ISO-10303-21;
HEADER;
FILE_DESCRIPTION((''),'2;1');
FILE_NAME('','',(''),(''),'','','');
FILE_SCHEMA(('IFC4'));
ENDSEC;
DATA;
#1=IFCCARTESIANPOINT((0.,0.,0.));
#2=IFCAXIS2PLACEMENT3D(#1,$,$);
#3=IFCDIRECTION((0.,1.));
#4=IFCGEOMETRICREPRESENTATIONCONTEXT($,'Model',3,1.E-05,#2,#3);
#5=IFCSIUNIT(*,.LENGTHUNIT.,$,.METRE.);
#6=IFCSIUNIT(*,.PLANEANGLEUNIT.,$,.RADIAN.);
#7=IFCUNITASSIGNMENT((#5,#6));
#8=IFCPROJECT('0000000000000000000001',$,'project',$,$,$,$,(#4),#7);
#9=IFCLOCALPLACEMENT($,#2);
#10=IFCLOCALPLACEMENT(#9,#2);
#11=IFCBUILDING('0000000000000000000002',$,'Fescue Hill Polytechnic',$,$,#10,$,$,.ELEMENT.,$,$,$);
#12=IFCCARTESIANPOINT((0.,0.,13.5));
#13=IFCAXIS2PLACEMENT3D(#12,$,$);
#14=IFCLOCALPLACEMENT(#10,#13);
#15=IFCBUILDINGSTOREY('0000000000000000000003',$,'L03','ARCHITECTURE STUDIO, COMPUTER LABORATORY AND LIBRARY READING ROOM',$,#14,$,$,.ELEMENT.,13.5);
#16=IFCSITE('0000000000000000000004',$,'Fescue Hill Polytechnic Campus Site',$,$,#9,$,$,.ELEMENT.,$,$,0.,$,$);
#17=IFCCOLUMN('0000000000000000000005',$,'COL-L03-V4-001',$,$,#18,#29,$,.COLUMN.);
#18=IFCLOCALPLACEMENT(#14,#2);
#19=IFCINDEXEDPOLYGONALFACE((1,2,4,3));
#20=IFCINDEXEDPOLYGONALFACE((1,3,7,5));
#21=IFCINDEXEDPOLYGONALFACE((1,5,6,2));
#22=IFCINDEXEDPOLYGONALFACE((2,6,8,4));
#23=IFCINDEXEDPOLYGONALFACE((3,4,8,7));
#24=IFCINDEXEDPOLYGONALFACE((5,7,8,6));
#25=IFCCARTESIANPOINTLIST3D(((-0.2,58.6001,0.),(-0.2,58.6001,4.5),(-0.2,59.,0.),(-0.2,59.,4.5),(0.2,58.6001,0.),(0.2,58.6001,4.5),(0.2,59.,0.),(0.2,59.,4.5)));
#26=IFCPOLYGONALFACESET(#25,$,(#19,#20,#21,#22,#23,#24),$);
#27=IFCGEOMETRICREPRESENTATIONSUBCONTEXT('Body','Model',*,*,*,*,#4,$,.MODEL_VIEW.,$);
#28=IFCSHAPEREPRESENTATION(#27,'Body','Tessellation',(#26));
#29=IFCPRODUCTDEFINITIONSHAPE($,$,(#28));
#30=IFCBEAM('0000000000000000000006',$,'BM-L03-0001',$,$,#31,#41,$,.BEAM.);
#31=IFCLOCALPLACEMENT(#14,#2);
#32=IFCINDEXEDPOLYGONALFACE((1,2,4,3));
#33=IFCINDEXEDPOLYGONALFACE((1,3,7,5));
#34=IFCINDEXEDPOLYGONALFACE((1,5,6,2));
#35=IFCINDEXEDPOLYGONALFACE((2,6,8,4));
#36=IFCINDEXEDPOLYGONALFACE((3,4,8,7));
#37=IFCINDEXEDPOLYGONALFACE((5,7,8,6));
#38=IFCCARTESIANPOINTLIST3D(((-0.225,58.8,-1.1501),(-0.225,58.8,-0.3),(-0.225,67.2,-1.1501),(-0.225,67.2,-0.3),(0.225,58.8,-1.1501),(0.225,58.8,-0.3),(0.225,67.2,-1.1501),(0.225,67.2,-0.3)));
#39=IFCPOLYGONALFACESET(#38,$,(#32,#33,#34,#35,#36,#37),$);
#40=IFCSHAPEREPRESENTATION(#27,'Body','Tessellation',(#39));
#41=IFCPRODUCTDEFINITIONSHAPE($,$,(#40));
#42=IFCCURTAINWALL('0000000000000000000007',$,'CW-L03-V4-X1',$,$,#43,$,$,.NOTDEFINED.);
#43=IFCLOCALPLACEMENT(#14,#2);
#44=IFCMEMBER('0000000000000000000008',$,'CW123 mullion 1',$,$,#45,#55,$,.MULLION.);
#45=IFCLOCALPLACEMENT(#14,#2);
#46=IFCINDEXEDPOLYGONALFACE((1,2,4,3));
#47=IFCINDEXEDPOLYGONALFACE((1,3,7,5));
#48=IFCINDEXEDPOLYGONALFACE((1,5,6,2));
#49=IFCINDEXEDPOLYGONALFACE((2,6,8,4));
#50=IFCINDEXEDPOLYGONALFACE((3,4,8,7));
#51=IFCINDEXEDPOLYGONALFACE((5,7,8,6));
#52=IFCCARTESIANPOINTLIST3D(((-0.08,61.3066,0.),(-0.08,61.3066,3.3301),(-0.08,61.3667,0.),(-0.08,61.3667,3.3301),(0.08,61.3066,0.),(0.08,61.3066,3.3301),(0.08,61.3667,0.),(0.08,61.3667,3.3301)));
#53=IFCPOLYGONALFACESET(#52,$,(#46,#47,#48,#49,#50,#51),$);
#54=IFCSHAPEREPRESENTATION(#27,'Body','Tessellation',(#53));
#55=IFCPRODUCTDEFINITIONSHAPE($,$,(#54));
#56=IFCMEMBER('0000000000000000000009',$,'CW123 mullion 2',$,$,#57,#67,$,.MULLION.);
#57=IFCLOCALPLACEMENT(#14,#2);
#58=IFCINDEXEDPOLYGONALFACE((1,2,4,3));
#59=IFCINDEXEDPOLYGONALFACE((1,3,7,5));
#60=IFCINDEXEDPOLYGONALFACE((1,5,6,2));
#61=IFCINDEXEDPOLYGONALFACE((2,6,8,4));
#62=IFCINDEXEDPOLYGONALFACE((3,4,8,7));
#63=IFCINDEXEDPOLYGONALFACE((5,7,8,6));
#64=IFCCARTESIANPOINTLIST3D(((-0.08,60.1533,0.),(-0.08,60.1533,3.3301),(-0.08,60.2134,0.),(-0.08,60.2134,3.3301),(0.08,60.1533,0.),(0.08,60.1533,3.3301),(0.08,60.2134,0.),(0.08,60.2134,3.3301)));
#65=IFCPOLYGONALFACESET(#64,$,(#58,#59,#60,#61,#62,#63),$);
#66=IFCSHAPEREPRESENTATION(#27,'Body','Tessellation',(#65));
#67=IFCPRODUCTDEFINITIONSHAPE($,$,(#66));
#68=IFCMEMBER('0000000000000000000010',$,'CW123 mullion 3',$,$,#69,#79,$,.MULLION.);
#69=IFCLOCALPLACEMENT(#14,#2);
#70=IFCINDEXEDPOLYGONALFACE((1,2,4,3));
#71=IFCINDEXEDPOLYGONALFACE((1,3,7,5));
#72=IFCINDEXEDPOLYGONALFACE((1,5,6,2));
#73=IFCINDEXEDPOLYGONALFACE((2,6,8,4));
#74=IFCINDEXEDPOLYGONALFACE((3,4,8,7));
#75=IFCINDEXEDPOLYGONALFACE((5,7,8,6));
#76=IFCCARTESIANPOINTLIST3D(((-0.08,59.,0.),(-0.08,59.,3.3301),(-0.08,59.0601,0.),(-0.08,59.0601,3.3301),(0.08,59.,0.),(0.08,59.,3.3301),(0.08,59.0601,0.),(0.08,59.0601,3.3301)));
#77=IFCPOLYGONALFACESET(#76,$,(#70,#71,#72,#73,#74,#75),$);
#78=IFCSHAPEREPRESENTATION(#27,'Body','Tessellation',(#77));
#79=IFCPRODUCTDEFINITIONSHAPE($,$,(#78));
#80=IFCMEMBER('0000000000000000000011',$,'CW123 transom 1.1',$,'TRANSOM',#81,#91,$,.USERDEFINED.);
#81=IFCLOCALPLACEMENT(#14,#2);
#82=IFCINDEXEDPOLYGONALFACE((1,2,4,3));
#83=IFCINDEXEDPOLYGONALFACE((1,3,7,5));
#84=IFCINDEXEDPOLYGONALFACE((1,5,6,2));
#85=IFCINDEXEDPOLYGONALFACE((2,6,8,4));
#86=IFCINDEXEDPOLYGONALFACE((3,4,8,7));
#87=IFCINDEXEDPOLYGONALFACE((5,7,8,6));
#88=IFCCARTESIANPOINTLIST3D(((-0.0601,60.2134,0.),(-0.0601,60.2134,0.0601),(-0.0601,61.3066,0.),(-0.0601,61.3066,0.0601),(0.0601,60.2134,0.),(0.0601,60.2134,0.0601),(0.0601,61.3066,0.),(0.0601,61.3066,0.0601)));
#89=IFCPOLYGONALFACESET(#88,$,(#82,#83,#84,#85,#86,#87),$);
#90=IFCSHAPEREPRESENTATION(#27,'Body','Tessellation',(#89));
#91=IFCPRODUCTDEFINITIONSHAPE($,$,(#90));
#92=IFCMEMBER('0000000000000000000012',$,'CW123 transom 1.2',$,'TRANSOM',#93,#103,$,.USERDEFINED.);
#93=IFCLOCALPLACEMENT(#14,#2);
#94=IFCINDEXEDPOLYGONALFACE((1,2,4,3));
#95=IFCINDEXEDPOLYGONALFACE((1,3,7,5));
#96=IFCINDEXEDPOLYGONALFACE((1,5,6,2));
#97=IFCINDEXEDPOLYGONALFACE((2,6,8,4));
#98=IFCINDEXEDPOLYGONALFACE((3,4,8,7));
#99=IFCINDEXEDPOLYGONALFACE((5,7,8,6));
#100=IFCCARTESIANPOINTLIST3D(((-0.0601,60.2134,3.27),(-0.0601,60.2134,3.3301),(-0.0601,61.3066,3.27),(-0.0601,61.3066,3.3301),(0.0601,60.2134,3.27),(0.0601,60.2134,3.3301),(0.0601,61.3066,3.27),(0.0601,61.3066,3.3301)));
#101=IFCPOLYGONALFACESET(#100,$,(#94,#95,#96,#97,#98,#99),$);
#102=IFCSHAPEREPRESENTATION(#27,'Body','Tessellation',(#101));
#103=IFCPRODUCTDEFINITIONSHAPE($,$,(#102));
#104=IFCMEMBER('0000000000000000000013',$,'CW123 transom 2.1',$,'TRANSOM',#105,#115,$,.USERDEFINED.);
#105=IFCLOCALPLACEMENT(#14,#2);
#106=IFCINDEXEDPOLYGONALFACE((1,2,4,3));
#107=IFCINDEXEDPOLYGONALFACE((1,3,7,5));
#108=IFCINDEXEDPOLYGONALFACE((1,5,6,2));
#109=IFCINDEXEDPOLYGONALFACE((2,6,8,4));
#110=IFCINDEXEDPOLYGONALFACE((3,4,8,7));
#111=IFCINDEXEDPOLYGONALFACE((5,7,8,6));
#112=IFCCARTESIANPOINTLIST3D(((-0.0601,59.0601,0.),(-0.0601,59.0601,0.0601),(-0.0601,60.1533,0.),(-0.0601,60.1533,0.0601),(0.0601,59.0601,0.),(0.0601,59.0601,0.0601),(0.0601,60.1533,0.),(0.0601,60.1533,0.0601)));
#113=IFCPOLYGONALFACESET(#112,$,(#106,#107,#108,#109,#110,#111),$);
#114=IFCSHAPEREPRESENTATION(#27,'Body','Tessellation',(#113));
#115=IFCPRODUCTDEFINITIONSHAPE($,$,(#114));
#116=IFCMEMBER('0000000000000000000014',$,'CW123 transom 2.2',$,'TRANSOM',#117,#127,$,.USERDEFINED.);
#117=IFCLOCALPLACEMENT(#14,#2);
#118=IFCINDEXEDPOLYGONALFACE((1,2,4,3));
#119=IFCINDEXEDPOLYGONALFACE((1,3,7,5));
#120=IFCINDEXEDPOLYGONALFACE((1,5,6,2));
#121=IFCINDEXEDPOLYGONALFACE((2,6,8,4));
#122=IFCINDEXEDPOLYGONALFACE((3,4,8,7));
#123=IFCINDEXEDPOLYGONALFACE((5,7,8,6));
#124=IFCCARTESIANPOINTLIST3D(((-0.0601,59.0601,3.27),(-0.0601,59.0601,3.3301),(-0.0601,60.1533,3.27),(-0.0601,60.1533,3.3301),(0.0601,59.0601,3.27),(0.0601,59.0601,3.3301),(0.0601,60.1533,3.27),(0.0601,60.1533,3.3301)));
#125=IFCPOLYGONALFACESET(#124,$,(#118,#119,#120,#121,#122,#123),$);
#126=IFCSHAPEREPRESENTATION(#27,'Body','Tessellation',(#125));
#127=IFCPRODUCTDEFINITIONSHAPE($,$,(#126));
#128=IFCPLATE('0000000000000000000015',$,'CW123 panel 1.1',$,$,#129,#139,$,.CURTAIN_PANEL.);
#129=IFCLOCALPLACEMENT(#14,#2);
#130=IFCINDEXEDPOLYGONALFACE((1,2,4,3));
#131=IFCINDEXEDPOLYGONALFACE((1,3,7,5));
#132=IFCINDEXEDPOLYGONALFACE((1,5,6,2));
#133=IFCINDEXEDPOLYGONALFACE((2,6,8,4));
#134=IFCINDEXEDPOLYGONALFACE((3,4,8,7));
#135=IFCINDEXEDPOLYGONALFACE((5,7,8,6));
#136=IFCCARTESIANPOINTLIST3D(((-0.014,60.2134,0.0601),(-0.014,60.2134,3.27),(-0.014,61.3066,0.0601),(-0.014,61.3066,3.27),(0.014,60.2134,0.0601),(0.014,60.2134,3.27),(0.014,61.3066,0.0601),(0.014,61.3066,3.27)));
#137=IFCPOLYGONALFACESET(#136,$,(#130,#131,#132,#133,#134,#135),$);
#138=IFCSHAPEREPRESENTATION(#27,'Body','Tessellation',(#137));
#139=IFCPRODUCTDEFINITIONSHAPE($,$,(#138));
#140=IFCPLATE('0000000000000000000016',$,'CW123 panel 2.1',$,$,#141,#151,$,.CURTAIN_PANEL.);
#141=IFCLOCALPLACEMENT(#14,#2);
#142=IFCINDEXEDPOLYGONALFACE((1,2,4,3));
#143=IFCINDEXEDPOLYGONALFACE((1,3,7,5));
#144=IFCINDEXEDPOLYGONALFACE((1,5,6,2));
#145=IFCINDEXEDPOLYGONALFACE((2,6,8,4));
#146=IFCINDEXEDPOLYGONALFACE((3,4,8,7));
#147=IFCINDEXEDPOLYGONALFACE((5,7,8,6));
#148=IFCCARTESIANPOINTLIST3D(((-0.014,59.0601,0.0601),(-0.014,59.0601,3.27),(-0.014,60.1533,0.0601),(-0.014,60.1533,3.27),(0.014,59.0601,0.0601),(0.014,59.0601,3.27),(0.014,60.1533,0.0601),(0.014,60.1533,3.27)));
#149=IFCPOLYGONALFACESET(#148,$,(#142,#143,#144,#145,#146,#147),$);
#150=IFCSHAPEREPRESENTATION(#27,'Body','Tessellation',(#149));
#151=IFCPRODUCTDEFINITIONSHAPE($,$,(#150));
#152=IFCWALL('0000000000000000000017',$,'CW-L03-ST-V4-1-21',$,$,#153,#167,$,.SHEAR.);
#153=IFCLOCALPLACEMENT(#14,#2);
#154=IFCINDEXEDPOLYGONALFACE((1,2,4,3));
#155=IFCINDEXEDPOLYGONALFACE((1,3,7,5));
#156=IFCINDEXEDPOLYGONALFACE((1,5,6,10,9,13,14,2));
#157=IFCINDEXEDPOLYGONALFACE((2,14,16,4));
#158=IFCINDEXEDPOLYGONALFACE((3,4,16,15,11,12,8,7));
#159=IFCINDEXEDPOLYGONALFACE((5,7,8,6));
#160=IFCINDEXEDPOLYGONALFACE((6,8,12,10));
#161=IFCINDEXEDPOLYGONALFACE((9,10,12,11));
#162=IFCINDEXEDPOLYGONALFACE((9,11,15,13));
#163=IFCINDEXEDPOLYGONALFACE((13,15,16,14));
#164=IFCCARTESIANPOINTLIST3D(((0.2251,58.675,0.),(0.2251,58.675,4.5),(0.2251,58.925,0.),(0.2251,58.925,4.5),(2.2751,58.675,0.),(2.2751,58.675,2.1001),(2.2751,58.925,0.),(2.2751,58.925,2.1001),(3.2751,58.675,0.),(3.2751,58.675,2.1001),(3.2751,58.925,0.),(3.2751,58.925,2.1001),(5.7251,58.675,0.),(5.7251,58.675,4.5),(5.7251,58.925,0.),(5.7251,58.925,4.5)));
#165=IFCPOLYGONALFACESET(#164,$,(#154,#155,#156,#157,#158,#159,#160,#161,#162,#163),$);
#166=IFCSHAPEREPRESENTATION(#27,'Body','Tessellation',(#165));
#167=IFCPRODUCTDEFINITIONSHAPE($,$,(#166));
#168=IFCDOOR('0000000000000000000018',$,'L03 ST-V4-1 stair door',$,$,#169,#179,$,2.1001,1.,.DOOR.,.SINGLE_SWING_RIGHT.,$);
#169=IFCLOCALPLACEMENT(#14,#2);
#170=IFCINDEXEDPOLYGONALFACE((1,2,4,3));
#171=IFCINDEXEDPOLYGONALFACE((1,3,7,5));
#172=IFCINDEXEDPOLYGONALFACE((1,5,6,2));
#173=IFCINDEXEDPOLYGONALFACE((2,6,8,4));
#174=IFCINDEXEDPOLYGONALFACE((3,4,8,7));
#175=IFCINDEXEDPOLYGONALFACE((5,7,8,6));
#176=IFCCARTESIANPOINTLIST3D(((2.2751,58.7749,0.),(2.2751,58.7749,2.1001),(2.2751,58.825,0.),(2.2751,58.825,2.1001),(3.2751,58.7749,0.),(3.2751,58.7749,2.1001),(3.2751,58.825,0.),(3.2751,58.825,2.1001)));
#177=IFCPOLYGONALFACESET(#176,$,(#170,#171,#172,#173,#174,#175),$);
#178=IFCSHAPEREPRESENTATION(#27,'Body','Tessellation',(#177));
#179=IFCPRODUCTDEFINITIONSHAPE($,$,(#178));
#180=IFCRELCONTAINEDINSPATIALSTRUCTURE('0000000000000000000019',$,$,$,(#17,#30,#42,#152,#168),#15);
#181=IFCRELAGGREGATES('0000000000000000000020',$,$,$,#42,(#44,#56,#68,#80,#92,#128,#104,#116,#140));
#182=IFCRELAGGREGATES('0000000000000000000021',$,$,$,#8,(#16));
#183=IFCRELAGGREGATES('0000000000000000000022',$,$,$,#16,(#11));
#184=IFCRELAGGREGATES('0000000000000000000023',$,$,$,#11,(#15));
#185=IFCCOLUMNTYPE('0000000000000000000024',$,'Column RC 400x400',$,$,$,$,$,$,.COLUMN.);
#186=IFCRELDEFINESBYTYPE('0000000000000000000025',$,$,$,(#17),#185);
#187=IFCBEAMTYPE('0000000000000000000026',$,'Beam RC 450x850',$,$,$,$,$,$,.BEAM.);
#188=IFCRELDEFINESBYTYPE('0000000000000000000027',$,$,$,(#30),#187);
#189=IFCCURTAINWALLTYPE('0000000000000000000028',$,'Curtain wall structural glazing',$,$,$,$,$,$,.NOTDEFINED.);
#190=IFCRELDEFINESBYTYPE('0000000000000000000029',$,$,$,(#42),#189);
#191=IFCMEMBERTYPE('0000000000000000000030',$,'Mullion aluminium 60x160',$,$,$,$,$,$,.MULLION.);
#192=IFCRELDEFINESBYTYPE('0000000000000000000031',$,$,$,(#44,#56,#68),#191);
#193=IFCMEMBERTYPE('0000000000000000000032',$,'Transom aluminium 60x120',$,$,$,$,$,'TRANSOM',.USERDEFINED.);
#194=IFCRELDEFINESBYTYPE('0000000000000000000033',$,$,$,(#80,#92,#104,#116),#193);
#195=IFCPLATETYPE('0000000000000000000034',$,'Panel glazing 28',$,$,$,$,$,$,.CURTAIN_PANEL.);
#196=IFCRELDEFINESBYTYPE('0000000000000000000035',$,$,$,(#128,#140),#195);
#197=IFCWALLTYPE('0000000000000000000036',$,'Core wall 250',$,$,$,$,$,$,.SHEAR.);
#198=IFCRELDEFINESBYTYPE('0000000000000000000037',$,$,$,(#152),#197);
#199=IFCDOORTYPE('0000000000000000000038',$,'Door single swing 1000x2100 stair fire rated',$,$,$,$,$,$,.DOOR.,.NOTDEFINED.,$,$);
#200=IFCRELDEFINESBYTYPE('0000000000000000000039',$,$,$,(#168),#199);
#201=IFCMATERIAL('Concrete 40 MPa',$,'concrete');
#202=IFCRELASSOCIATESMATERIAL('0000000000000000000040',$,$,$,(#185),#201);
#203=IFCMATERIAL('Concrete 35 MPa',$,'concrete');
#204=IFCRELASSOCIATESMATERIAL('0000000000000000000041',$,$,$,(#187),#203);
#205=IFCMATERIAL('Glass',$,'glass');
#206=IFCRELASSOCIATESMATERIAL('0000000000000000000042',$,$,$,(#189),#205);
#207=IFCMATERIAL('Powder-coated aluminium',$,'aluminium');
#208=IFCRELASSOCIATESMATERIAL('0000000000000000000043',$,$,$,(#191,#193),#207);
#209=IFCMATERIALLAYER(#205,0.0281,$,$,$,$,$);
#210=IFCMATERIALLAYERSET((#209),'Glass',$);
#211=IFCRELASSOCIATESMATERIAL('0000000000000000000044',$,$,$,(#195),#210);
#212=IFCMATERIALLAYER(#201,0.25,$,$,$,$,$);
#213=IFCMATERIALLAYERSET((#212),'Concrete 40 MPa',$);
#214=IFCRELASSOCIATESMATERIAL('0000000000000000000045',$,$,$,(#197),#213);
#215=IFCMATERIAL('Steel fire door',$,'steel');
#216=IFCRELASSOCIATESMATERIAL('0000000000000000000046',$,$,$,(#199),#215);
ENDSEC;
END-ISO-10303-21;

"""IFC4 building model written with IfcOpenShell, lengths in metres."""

from ifc_helpers import new_model, si_unit, direction, frame, frame_2d, origin, origin_2d, place, context, subcontext, project, spatial, rectangle, extrude, material, layer, layer_set, material_profile, profile_set, type_object, element, fill, aggregate, save


model = new_model("IFC4")

# Units and contexts
model_context = context("Model", 3, precision=1e-05, world=origin(), true_north=direction((0.0, 1.0)))
body_context = subcontext(model_context, "Body", "Model", "MODEL_VIEW")
ifc_project = project(units=[si_unit("LENGTHUNIT", "METRE"), si_unit("PLANEANGLEUNIT", "RADIAN")], contexts=[model_context])

# Site, building, storey
site_placement = place(None, origin())
site = spatial("IfcSite", under=ifc_project, at=site_placement, Name="Fescue Hill Polytechnic Campus Site", CompositionType="ELEMENT", RefElevation=0.0)
building_placement = place(site_placement, origin())
building = spatial("IfcBuilding", under=site, at=building_placement, Name="Fescue Hill Polytechnic", CompositionType="ELEMENT")
storey_placement = place(building_placement, frame((0.0, 0.0, 13.5)))
storey = spatial("IfcBuildingStorey", under=building, at=storey_placement, Name="L03", Description="ARCHITECTURE STUDIO, COMPUTER LABORATORY AND LIBRARY READING ROOM", CompositionType="ELEMENT", Elevation=13.5)

# Column
ifc_material_1 = material(Name="Concrete 40 MPa", Category="concrete")
ifc_material_profile_1 = material_profile(ifc_material_1, rectangle(XDim=0.3999, YDim=0.3999, at=origin_2d()), Name="RC 400x400")
ifc_profile_set_1 = profile_set([ifc_material_profile_1], Name="Concrete 40 MPa")
column_type = type_object("IfcColumnType", Name="Column RC 400x400", PredefinedType="COLUMN", material=ifc_profile_set_1)
column_placement = place(storey_placement, frame((0.0, 58.8, 0.0), z_axis=(0.0, 0.0, 1.0), x_axis=(1.0, 0.0, 0.0)))
element("IfcColumn", 1, at=column_placement, inside=storey, type_object=column_type, Name="COL-L03-V4-001", PredefinedType="COLUMN", context=body_context, shape_type="SweptSolid", body=[
    extrude(rectangle(XDim=0.3999, YDim=0.3999, at=origin_2d()), origin(), (0.0, 0.0, 1.0), 4.5),
])

# Beam
ifc_material_2 = material(Name="Concrete 35 MPa", Category="concrete")
ifc_material_profile_2 = material_profile(ifc_material_2, rectangle(XDim=0.45, YDim=0.8501, at=origin_2d()), Name="RC 450x850")
ifc_profile_set_2 = profile_set([ifc_material_profile_2], Name="Concrete 35 MPa")
beam_type = type_object("IfcBeamType", Name="Beam RC 450x850", PredefinedType="BEAM", material=ifc_profile_set_2)
beam_placement = place(storey_placement, frame((0.0, 58.8, -0.7251), z_axis=(0.0, 1.0, 0.0), x_axis=(-1.0, 0.0, 0.0)))
element("IfcBeam", 2, at=beam_placement, inside=storey, type_object=beam_type, Name="BM-L03-0001", PredefinedType="BEAM", context=body_context, shape_type="SweptSolid", body=[
    extrude(rectangle(XDim=0.45, YDim=0.8501, at=origin_2d()), origin(), (0.0, 0.0, 1.0), 8.3999),
])

# Curtain wall, members, plates
ifc_material_3 = material(Name="Glass", Category="glass")
curtain_wall_type = type_object("IfcCurtainWallType", Name="Curtain wall structural glazing", PredefinedType="NOTDEFINED", material=ifc_material_3)
curtain_wall_placement = place(storey_placement, origin())
curtain_wall = element("IfcCurtainWall", 3, at=curtain_wall_placement, inside=storey, type_object=curtain_wall_type, Name="CW-L03-V4-X1", PredefinedType="NOTDEFINED")
ifc_material_4 = material(Name="Powder-coated aluminium", Category="aluminium")
ifc_material_profile_3 = material_profile(ifc_material_4, rectangle(XDim=0.1599, YDim=0.0601, at=origin_2d()), Name="Mullion aluminium 60x160")
ifc_profile_set_3 = profile_set([ifc_material_profile_3], Name="Powder-coated aluminium")
member_type_1 = type_object("IfcMemberType", Name="Mullion aluminium 60x160", PredefinedType="MULLION", material=ifc_profile_set_3)
member_1_placement = place(storey_placement, frame((0.0, 61.3367, 0.0), z_axis=(0.0, 0.0, 1.0), x_axis=(1.0, 0.0, 0.0)))
member_1 = element("IfcMember", 4, at=member_1_placement, type_object=member_type_1, Name="CW123 mullion 1", PredefinedType="MULLION", context=body_context, shape_type="SweptSolid", body=[
    extrude(rectangle(XDim=0.1599, YDim=0.0601, at=origin_2d()), origin(), (0.0, 0.0, 1.0), 3.3301),
])
member_2_placement = place(storey_placement, frame((0.0, 60.1833, 0.0), z_axis=(0.0, 0.0, 1.0), x_axis=(1.0, 0.0, 0.0)))
member_2 = element("IfcMember", 5, at=member_2_placement, type_object=member_type_1, Name="CW123 mullion 2", PredefinedType="MULLION", context=body_context, shape_type="SweptSolid", body=[
    extrude(rectangle(XDim=0.1599, YDim=0.0601, at=origin_2d()), origin(), (0.0, 0.0, 1.0), 3.3301),
])
member_3_placement = place(storey_placement, frame((0.0, 59.03, 0.0), z_axis=(0.0, 0.0, 1.0), x_axis=(1.0, 0.0, 0.0)))
member_3 = element("IfcMember", 6, at=member_3_placement, type_object=member_type_1, Name="CW123 mullion 3", PredefinedType="MULLION", context=body_context, shape_type="SweptSolid", body=[
    extrude(rectangle(XDim=0.1599, YDim=0.0601, at=origin_2d()), origin(), (0.0, 0.0, 1.0), 3.3301),
])
ifc_material_profile_4 = material_profile(ifc_material_4, rectangle(XDim=0.1201, YDim=0.0601, at=origin_2d()), Name="Transom aluminium 60x120")
ifc_profile_set_4 = profile_set([ifc_material_profile_4], Name="Powder-coated aluminium")
member_type_2 = type_object("IfcMemberType", Name="Transom aluminium 60x120", ElementType="TRANSOM", PredefinedType="USERDEFINED", material=ifc_profile_set_4)
member_4_placement = place(storey_placement, frame((0.0, 61.3066, 0.03), z_axis=(0.0, -1.0, 0.0), x_axis=(1.0, 0.0, 0.0)))
member_4 = element("IfcMember", 7, at=member_4_placement, type_object=member_type_2, Name="CW123 transom 1.1", ObjectType="TRANSOM", PredefinedType="USERDEFINED", context=body_context, shape_type="SweptSolid", body=[
    extrude(rectangle(XDim=0.1201, YDim=0.0601, at=origin_2d()), origin(), (0.0, 0.0, 1.0), 1.0933),
])
member_5_placement = place(storey_placement, frame((0.0, 61.3066, 3.3), z_axis=(0.0, -1.0, 0.0), x_axis=(1.0, 0.0, 0.0)))
member_5 = element("IfcMember", 8, at=member_5_placement, type_object=member_type_2, Name="CW123 transom 1.2", ObjectType="TRANSOM", PredefinedType="USERDEFINED", context=body_context, shape_type="SweptSolid", body=[
    extrude(rectangle(XDim=0.1201, YDim=0.0601, at=origin_2d()), origin(), (0.0, 0.0, 1.0), 1.0933),
])
member_6_placement = place(storey_placement, frame((0.0, 60.1533, 0.03), z_axis=(0.0, -1.0, 0.0), x_axis=(1.0, 0.0, 0.0)))
member_6 = element("IfcMember", 9, at=member_6_placement, type_object=member_type_2, Name="CW123 transom 2.1", ObjectType="TRANSOM", PredefinedType="USERDEFINED", context=body_context, shape_type="SweptSolid", body=[
    extrude(rectangle(XDim=0.1201, YDim=0.0601, at=origin_2d()), origin(), (0.0, 0.0, 1.0), 1.0933),
])
member_7_placement = place(storey_placement, frame((0.0, 60.1533, 3.3), z_axis=(0.0, -1.0, 0.0), x_axis=(1.0, 0.0, 0.0)))
member_7 = element("IfcMember", 10, at=member_7_placement, type_object=member_type_2, Name="CW123 transom 2.2", ObjectType="TRANSOM", PredefinedType="USERDEFINED", context=body_context, shape_type="SweptSolid", body=[
    extrude(rectangle(XDim=0.1201, YDim=0.0601, at=origin_2d()), origin(), (0.0, 0.0, 1.0), 1.0933),
])
ifc_layer_1 = layer(ifc_material_3, 0.0281)
ifc_layer_set_1 = layer_set([ifc_layer_1], Name="Glass")
plate_type = type_object("IfcPlateType", Name="Panel glazing 28", PredefinedType="CURTAIN_PANEL", material=ifc_layer_set_1)
plate_1_placement = place(storey_placement, frame((0.0, 60.76, 0.0601), z_axis=(0.0, 0.0, 1.0), x_axis=(0.0, -1.0, 0.0)))
plate_1 = element("IfcPlate", 11, at=plate_1_placement, type_object=plate_type, Name="CW123 panel 1.1", PredefinedType="CURTAIN_PANEL", context=body_context, shape_type="SweptSolid", body=[
    extrude(rectangle(XDim=1.0933, YDim=0.0281, at=origin_2d()), origin(), (0.0, 0.0, 1.0), 3.21),
])
plate_2_placement = place(storey_placement, frame((0.0, 59.6067, 0.0601), z_axis=(0.0, 0.0, 1.0), x_axis=(0.0, -1.0, 0.0)))
plate_2 = element("IfcPlate", 12, at=plate_2_placement, type_object=plate_type, Name="CW123 panel 2.1", PredefinedType="CURTAIN_PANEL", context=body_context, shape_type="SweptSolid", body=[
    extrude(rectangle(XDim=1.0933, YDim=0.0281, at=origin_2d()), origin(), (0.0, 0.0, 1.0), 3.21),
])
aggregate(curtain_wall, [member_1, member_2, member_3, member_4, member_5, plate_1, member_6, member_7, plate_2])

# Wall, opening, door
ifc_layer_2 = layer(ifc_material_1, 0.25)
ifc_layer_set_2 = layer_set([ifc_layer_2], Name="Concrete 40 MPa")
wall_type_1 = type_object("IfcWallType", Name="Core wall 250", PredefinedType="SHEAR", material=ifc_layer_set_2)
wall_1_placement = place(storey_placement, frame((0.2251, 58.8, 0.0), z_axis=(0.0, 0.0, 1.0), x_axis=(1.0, 0.0, 0.0)))
wall_1 = element("IfcWall", 13, at=wall_1_placement, inside=storey, type_object=wall_type_1, Name="CW-L03-ST-V4-1-21", PredefinedType="SHEAR", context=body_context, shape_type="SweptSolid", body=[
    extrude(rectangle(XDim=5.5, YDim=0.25, at=frame_2d((2.75, 0.0))), origin(), (0.0, 0.0, 1.0), 4.5),
])
opening_placement = place(wall_1_placement, frame((2.05, 0.0, 0.0)))
opening = element("IfcOpeningElement", 14, at=opening_placement, cuts=wall_1, PredefinedType="OPENING", context=body_context, shape_type="SweptSolid", body=[
    extrude(rectangle(XDim=1.0, YDim=2.1001, at=frame_2d((0.5, 1.05))), frame((0.0, 0.135, 0.0), z_axis=(0.0, -1.0, 0.0), x_axis=(1.0, 0.0, 0.0)), (0.0, 0.0, 1.0), 0.27),
])
ifc_material_5 = material(Name="Steel fire door", Category="steel")
door_type = type_object("IfcDoorType", Name="Door single swing 1000x2100 stair fire rated", OperationType="NOTDEFINED", PredefinedType="DOOR", material=ifc_material_5)
door_placement = place(opening_placement, origin())
door = element("IfcDoor", 15, at=door_placement, inside=storey, type_object=door_type, Name="L03 ST-V4-1 stair door", OperationType="SINGLE_SWING_RIGHT", OverallHeight=2.1001, OverallWidth=1.0, PredefinedType="DOOR", context=body_context, shape_type="SweptSolid", body=[
    extrude(rectangle(XDim=1.0, YDim=2.1001, at=frame_2d((0.5, 1.05))), frame((0.0, 0.0249, 0.0), z_axis=(0.0, -1.0, 0.0), x_axis=(1.0, 0.0, 0.0)), (0.0, 0.0, 1.0), 0.05),
])
fill(opening, door)

save(model, "model.ifc")
